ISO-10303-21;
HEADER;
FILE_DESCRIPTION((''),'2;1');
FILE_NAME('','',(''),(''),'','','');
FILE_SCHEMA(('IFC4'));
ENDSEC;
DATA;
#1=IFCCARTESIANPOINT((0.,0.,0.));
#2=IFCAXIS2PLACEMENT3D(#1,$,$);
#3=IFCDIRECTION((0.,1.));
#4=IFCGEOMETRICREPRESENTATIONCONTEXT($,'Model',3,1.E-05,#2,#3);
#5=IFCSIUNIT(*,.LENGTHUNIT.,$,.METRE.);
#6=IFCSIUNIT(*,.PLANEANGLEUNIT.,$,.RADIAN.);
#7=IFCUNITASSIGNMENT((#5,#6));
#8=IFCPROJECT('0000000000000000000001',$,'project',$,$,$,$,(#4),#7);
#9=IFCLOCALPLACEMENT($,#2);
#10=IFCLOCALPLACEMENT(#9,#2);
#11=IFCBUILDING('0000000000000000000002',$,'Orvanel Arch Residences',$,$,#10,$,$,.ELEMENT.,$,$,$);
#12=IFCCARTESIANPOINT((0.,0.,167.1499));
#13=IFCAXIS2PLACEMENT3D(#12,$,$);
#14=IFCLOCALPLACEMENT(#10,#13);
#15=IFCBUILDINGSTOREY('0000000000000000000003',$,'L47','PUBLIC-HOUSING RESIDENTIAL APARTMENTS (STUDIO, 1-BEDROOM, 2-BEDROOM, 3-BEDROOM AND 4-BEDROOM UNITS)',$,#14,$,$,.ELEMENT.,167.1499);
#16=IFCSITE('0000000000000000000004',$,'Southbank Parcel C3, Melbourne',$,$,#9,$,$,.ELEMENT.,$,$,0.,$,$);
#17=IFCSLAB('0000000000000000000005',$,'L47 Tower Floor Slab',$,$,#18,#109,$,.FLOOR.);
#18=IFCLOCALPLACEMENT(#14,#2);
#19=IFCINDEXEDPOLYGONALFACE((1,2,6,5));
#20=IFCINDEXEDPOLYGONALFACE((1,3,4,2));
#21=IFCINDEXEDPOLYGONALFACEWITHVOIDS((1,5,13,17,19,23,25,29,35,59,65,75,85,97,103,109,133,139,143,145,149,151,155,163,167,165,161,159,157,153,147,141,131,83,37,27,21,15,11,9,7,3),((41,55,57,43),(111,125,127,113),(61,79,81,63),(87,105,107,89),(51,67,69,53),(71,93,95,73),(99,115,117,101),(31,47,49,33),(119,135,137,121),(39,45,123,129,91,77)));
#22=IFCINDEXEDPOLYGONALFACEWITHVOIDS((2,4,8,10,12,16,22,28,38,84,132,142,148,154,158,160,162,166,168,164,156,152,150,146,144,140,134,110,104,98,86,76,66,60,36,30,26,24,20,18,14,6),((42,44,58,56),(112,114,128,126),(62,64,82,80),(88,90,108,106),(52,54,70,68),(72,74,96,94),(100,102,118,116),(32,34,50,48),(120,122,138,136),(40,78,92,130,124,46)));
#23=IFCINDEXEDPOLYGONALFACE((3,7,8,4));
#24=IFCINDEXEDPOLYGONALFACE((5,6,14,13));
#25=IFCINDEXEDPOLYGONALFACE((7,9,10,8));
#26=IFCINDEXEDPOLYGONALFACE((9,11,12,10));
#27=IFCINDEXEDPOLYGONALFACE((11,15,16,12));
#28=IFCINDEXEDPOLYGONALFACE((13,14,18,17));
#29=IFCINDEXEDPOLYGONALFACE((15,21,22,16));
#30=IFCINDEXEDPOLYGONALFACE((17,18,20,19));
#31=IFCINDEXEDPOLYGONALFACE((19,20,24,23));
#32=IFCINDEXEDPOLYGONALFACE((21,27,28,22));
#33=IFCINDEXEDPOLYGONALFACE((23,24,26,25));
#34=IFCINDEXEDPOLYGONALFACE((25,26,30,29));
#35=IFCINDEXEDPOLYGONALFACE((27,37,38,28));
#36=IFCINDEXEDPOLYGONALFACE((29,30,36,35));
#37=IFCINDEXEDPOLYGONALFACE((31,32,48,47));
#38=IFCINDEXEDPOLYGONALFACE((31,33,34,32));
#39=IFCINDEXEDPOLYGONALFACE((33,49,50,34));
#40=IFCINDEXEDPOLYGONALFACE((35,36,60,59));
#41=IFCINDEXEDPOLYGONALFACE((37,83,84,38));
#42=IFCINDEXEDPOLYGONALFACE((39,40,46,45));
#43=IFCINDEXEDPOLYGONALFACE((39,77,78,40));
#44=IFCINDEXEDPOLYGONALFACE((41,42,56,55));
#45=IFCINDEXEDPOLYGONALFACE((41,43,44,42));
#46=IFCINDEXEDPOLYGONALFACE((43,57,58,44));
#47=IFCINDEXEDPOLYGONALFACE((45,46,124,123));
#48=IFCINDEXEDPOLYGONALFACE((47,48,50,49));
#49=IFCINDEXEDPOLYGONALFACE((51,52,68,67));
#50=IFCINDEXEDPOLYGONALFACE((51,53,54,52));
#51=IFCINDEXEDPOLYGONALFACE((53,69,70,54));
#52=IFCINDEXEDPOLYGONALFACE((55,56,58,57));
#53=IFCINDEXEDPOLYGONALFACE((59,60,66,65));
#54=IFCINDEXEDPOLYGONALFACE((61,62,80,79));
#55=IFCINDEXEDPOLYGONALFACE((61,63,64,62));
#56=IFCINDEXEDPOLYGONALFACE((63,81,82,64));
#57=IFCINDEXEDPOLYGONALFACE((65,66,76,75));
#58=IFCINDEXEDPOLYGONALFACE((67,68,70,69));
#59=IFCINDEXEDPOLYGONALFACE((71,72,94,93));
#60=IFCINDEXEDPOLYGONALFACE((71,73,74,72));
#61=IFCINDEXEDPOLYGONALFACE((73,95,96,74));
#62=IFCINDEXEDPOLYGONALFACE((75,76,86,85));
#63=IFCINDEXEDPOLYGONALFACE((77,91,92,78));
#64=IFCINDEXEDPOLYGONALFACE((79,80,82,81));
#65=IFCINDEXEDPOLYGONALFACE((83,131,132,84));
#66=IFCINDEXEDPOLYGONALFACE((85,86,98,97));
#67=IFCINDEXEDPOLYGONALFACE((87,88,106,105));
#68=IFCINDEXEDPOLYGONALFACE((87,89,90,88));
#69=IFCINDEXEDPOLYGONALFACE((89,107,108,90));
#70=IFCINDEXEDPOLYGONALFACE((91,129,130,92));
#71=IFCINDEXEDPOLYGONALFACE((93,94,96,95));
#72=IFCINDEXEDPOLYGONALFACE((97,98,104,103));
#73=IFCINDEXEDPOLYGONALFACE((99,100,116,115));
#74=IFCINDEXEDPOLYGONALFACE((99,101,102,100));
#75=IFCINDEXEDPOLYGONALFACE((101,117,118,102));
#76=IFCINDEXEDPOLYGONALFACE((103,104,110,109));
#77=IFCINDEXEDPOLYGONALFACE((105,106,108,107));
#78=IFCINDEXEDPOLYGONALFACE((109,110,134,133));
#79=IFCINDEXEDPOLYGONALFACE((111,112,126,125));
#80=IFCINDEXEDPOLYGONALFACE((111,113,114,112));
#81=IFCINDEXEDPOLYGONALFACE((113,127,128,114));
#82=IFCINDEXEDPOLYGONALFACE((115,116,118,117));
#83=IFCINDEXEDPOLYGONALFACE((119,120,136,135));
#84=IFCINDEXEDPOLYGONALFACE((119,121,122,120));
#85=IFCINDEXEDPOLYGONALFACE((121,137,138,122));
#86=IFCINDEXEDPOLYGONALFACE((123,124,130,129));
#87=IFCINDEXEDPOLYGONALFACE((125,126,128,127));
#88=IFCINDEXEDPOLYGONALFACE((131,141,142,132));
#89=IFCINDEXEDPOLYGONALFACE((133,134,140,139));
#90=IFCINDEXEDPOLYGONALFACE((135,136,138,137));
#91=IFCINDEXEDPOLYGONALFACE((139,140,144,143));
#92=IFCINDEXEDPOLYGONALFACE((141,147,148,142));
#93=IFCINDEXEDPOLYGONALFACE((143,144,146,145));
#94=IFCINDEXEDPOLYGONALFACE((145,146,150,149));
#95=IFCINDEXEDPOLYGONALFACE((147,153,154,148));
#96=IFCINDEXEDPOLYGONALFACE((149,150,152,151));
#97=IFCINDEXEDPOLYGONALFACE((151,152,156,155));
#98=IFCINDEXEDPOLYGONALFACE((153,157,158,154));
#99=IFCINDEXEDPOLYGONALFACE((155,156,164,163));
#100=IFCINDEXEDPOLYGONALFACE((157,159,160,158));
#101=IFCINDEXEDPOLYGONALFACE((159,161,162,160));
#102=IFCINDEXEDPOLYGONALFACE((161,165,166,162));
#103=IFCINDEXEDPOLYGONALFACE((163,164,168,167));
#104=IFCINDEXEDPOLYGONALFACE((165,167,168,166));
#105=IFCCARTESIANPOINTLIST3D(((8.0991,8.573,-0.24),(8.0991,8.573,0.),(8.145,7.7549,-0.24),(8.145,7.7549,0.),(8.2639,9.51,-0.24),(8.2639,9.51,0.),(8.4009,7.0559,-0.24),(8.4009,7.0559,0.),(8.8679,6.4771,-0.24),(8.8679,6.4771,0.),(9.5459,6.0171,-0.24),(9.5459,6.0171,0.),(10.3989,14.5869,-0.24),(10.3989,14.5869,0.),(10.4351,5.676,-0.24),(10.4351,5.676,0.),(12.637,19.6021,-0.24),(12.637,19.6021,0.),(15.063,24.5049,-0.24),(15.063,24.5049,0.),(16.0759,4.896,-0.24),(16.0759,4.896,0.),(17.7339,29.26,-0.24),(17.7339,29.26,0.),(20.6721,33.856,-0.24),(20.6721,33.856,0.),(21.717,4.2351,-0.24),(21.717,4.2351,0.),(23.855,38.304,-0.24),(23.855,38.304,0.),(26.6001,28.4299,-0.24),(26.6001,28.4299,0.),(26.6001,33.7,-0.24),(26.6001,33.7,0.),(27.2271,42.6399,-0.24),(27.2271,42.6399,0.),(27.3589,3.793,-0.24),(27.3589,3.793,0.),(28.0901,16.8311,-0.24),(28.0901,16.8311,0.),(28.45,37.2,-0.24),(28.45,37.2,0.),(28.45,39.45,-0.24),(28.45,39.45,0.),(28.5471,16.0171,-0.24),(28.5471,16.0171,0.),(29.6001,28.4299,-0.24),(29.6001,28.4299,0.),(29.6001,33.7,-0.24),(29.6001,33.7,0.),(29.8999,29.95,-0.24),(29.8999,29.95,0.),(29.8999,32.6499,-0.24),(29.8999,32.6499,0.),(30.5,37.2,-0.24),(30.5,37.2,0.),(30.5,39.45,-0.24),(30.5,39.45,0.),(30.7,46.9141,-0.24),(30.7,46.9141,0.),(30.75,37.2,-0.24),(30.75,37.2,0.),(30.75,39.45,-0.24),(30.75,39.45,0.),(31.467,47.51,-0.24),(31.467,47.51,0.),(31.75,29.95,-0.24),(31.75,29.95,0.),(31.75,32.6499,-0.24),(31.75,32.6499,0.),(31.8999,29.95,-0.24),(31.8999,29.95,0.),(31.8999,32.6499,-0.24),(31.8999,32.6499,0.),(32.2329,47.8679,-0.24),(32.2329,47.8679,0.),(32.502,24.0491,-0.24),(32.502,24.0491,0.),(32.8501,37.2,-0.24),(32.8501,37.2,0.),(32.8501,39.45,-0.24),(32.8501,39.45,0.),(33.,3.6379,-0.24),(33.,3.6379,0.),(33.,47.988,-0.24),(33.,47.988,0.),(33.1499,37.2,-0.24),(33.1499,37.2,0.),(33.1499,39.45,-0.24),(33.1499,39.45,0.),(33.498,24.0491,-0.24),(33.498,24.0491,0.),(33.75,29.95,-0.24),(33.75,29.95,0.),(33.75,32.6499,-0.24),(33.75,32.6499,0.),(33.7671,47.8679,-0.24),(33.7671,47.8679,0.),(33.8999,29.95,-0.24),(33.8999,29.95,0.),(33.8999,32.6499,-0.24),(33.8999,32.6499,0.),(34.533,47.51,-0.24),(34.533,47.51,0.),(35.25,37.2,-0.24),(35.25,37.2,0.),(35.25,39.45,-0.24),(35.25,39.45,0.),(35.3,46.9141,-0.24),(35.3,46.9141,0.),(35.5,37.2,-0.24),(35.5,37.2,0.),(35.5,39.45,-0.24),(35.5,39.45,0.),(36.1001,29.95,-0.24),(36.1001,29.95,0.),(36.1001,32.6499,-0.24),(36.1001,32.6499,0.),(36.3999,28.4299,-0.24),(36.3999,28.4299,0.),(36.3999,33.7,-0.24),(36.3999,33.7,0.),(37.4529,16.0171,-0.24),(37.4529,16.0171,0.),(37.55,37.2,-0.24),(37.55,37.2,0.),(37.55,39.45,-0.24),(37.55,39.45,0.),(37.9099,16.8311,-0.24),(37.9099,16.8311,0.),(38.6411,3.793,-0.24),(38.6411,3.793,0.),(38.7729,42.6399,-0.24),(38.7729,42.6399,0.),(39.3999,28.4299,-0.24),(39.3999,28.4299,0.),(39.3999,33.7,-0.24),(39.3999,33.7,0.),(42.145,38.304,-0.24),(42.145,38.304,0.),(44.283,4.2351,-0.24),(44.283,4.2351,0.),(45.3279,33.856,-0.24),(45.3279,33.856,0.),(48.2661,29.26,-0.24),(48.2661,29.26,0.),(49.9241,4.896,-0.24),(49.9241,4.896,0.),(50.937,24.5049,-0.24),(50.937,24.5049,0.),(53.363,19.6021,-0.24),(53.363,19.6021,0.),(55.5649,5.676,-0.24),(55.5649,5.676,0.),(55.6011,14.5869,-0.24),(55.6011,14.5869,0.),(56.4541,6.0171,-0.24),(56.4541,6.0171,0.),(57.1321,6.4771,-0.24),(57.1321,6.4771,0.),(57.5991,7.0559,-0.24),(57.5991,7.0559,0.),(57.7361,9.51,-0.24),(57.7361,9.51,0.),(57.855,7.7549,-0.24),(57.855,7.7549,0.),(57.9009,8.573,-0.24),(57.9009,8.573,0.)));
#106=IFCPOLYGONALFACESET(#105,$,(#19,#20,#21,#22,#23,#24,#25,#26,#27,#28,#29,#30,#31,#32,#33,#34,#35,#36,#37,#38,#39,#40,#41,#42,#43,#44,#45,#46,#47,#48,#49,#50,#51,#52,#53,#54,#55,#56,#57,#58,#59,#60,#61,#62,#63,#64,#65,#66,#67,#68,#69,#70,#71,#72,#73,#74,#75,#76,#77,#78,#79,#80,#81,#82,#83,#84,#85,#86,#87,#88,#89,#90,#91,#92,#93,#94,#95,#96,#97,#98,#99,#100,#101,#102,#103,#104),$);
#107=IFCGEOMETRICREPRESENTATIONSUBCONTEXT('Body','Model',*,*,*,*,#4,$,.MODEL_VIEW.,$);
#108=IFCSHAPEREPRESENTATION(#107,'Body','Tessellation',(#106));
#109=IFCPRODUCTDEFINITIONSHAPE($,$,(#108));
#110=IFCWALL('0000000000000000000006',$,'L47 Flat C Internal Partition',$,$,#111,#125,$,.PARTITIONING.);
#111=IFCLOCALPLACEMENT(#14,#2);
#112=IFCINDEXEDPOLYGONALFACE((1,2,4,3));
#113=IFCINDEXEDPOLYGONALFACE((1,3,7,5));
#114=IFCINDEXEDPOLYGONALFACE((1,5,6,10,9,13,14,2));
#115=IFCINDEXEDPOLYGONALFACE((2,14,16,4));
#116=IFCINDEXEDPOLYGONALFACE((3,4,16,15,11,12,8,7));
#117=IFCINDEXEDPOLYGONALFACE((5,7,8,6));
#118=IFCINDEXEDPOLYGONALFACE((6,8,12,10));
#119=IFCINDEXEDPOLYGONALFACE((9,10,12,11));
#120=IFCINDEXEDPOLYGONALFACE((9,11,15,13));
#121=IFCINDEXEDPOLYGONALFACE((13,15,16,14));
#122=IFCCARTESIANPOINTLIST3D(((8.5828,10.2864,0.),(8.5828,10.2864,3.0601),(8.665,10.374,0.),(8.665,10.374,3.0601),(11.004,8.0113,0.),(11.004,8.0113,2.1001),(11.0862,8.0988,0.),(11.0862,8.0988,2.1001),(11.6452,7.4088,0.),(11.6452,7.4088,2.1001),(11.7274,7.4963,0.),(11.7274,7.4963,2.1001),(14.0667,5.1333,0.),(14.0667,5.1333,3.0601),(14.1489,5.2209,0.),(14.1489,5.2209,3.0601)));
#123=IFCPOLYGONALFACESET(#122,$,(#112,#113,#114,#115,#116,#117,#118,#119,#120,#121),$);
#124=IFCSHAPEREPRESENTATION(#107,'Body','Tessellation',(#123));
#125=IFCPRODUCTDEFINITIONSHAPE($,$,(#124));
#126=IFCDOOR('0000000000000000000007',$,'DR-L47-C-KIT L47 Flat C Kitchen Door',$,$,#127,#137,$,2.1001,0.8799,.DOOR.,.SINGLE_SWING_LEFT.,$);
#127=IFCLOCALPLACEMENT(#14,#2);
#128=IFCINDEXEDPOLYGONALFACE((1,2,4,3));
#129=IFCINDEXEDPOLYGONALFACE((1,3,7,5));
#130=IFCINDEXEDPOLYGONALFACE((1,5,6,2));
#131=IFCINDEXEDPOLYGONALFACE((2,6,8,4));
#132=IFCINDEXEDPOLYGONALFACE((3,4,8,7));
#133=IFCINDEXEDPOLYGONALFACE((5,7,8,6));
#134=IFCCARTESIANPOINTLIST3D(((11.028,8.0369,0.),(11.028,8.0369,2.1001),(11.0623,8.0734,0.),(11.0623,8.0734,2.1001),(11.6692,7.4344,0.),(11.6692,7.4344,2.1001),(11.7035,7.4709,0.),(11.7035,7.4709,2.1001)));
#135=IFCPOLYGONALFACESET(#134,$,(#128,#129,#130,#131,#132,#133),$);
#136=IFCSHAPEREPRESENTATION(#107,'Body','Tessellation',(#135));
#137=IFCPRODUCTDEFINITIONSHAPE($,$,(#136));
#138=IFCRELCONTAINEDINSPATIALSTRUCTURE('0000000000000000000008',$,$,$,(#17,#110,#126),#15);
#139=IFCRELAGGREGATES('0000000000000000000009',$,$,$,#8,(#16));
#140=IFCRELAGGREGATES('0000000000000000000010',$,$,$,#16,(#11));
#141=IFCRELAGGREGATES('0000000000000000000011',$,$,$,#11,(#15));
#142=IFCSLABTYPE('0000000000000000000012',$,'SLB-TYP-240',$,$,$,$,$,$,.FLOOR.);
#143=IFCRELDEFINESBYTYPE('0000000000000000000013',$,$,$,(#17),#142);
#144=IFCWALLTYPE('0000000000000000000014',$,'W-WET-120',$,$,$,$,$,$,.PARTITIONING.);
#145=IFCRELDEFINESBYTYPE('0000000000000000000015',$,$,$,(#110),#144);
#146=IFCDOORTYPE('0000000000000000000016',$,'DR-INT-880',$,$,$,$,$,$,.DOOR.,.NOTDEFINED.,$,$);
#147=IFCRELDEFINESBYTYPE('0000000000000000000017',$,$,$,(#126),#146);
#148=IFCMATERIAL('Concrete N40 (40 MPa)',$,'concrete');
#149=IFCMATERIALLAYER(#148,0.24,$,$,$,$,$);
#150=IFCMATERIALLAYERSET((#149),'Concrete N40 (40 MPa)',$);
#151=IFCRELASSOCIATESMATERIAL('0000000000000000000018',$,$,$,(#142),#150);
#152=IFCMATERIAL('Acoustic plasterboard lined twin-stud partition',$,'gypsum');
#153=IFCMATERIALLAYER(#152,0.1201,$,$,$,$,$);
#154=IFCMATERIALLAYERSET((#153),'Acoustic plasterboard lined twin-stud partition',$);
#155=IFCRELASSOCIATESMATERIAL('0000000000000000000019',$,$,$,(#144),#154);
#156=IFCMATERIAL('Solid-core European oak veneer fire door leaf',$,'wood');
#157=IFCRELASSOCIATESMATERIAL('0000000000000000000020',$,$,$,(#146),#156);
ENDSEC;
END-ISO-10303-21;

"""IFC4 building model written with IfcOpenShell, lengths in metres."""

from ifc_helpers import new_model, si_unit, direction, frame, frame_2d, origin, place, context, subcontext, project, spatial, polyline, rectangle, outline, extrude, material, layer, layer_set, type_object, element, fill, save


model = new_model("IFC4")

# Units and contexts
model_context = context("Model", 3, precision=1e-05, world=origin(), true_north=direction((0.0, 1.0)))
body_context = subcontext(model_context, "Body", "Model", "MODEL_VIEW")
ifc_project = project(units=[si_unit("LENGTHUNIT", "METRE"), si_unit("PLANEANGLEUNIT", "RADIAN")], contexts=[model_context])

# Site, building, storey
site_placement = place(None, origin())
site = spatial("IfcSite", under=ifc_project, at=site_placement, Name="Southbank Parcel C3, Melbourne", CompositionType="ELEMENT", RefElevation=0.0)
building_placement = place(site_placement, origin())
building = spatial("IfcBuilding", under=site, at=building_placement, Name="Orvanel Arch Residences", CompositionType="ELEMENT")
storey_placement = place(building_placement, frame((0.0, 0.0, 167.1499)))
storey = spatial("IfcBuildingStorey", under=building, at=storey_placement, Name="L47", Description="PUBLIC-HOUSING RESIDENTIAL APARTMENTS (STUDIO, 1-BEDROOM, 2-BEDROOM, 3-BEDROOM AND 4-BEDROOM UNITS)", CompositionType="ELEMENT", Elevation=167.1499)

# Shared definitions
ifc_material_1 = material(Name="Concrete N40 (40 MPa)", Category="concrete")

# Slab
ifc_layer_1 = layer(ifc_material_1, 0.24)
ifc_layer_set_1 = layer_set([ifc_layer_1], Name="Concrete N40 (40 MPa)")
slab_type_1 = type_object("IfcSlabType", Name="SLB-TYP-240", PredefinedType="FLOOR", material=ifc_layer_set_1)
slab_1_placement = place(storey_placement, frame((0.0, 0.0, -0.24)))
element("IfcSlab", 1, at=slab_1_placement, inside=storey, type_object=slab_type_1, Name="L47 Tower Floor Slab", PredefinedType="FLOOR", context=body_context, shape_type="SweptSolid", body=[
    extrude(outline(polyline([(35.3, 46.9141), (34.533, 47.51), (33.7671, 47.8679), (33.0, 47.988), (32.2329, 47.8679), (31.467, 47.51), (30.7, 46.9141), (27.2271, 42.6399), (23.855, 38.304), (20.6721, 33.856), (17.7339, 29.26), (15.063, 24.5049), (12.637, 19.6021), (10.3989, 14.5869), (8.2639, 9.51), (8.0991, 8.573), (8.145, 7.7549), (8.4009, 7.0559), (8.8679, 6.4771), (9.5459, 6.0171), (10.4351, 5.676), (16.0759, 4.896), (21.717, 4.2351), (27.3589, 3.793), (33.0, 3.6379), (38.6411, 3.793), (44.283, 4.2351), (49.9241, 4.896), (55.5649, 5.676), (56.4541, 6.0171), (57.1321, 6.4771), (57.5991, 7.0559), (57.855, 7.7549), (57.9009, 8.573), (57.7361, 9.51), (55.6011, 14.5869), (53.363, 19.6021), (50.937, 24.5049), (48.2661, 29.26), (45.3279, 33.856), (42.145, 38.304), (38.7729, 42.6399), (35.3, 46.9141)]), holes=[polyline([(26.6001, 28.4299), (26.6001, 33.7), (29.6001, 33.7), (29.6001, 28.4299), (26.6001, 28.4299)]), polyline([(36.3999, 28.4299), (36.3999, 33.7), (39.3999, 33.7), (39.3999, 28.4299), (36.3999, 28.4299)]), polyline([(29.8999, 32.6499), (31.75, 32.6499), (31.75, 29.95), (29.8999, 29.95), (29.8999, 32.6499)]), polyline([(31.8999, 32.6499), (33.75, 32.6499), (33.75, 29.95), (31.8999, 29.95), (31.8999, 32.6499)]), polyline([(33.8999, 32.6499), (36.1001, 32.6499), (36.1001, 29.95), (33.8999, 29.95), (33.8999, 32.6499)]), polyline([(28.45, 39.45), (30.5, 39.45), (30.5, 37.2), (28.45, 37.2), (28.45, 39.45)]), polyline([(35.5, 39.45), (37.55, 39.45), (37.55, 37.2), (35.5, 37.2), (35.5, 39.45)]), polyline([(30.75, 39.45), (32.8501, 39.45), (32.8501, 37.2), (30.75, 37.2), (30.75, 39.45)]), polyline([(33.1499, 39.45), (35.25, 39.45), (35.25, 37.2), (33.1499, 37.2), (33.1499, 39.45)]), polyline([(37.9099, 16.8311), (37.4529, 16.0171), (28.5471, 16.0171), (28.0901, 16.8311), (32.502, 24.0491), (33.498, 24.0491), (37.9099, 16.8311)])]), origin(), (0.0, 0.0, 1.0), 0.24),
])

# Wall, opening, door
ifc_material_2 = material(Name="Acoustic plasterboard lined twin-stud partition", Category="gypsum")
ifc_layer_2 = layer(ifc_material_2, 0.1201)
ifc_layer_set_2 = layer_set([ifc_layer_2], Name="Acoustic plasterboard lined twin-stud partition")
wall_type = type_object("IfcWallType", Name="W-WET-120", PredefinedType="PARTITIONING", material=ifc_layer_set_2)
wall_placement = place(storey_placement, frame((14.1079, 5.177, 0.0), z_axis=(0.0, 0.0, 1.0), x_axis=(-0.728746, 0.684785, 0.0)))
wall = element("IfcWall", 2, at=wall_placement, inside=storey, type_object=wall_type, Name="L47 Flat C Internal Partition", PredefinedType="PARTITIONING", context=body_context, shape_type="SweptSolid", body=[
    extrude(rectangle(XDim=7.5251, YDim=0.1201, at=frame_2d((3.7627, 0.0))), origin(), (0.0, 0.0, 1.0), 3.0601),
])
opening_placement = place(wall_placement, frame((3.323, 0.0, 0.0)))
opening = element("IfcOpeningElement", 3, at=opening_placement, cuts=wall, PredefinedType="OPENING", context=body_context, shape_type="SweptSolid", body=[
    extrude(rectangle(XDim=0.8799, YDim=2.1001, at=frame_2d((0.4399, 1.05))), frame((0.0, 0.0701, 0.0), z_axis=(0.0, -1.0, 0.0), x_axis=(1.0, 0.0, 0.0)), (0.0, 0.0, 1.0), 0.1401),
])
ifc_material_3 = material(Name="Solid-core European oak veneer fire door leaf", Category="wood")
door_type = type_object("IfcDoorType", Name="DR-INT-880", OperationType="NOTDEFINED", PredefinedType="DOOR", material=ifc_material_3)
door_placement = place(opening_placement, origin())
door = element("IfcDoor", 4, at=door_placement, inside=storey, type_object=door_type, Name="DR-L47-C-KIT L47 Flat C Kitchen Door", OperationType="SINGLE_SWING_LEFT", OverallHeight=2.1001, OverallWidth=0.8799, PredefinedType="DOOR", context=body_context, shape_type="SweptSolid", body=[
    extrude(rectangle(XDim=0.8799, YDim=2.1001, at=frame_2d((0.4399, 1.05))), frame((0.0, 0.0249, 0.0), z_axis=(0.0, -1.0, 0.0), x_axis=(1.0, 0.0, 0.0)), (0.0, 0.0, 1.0), 0.05),
])
fill(opening, door)

save(model, "model.ifc")
